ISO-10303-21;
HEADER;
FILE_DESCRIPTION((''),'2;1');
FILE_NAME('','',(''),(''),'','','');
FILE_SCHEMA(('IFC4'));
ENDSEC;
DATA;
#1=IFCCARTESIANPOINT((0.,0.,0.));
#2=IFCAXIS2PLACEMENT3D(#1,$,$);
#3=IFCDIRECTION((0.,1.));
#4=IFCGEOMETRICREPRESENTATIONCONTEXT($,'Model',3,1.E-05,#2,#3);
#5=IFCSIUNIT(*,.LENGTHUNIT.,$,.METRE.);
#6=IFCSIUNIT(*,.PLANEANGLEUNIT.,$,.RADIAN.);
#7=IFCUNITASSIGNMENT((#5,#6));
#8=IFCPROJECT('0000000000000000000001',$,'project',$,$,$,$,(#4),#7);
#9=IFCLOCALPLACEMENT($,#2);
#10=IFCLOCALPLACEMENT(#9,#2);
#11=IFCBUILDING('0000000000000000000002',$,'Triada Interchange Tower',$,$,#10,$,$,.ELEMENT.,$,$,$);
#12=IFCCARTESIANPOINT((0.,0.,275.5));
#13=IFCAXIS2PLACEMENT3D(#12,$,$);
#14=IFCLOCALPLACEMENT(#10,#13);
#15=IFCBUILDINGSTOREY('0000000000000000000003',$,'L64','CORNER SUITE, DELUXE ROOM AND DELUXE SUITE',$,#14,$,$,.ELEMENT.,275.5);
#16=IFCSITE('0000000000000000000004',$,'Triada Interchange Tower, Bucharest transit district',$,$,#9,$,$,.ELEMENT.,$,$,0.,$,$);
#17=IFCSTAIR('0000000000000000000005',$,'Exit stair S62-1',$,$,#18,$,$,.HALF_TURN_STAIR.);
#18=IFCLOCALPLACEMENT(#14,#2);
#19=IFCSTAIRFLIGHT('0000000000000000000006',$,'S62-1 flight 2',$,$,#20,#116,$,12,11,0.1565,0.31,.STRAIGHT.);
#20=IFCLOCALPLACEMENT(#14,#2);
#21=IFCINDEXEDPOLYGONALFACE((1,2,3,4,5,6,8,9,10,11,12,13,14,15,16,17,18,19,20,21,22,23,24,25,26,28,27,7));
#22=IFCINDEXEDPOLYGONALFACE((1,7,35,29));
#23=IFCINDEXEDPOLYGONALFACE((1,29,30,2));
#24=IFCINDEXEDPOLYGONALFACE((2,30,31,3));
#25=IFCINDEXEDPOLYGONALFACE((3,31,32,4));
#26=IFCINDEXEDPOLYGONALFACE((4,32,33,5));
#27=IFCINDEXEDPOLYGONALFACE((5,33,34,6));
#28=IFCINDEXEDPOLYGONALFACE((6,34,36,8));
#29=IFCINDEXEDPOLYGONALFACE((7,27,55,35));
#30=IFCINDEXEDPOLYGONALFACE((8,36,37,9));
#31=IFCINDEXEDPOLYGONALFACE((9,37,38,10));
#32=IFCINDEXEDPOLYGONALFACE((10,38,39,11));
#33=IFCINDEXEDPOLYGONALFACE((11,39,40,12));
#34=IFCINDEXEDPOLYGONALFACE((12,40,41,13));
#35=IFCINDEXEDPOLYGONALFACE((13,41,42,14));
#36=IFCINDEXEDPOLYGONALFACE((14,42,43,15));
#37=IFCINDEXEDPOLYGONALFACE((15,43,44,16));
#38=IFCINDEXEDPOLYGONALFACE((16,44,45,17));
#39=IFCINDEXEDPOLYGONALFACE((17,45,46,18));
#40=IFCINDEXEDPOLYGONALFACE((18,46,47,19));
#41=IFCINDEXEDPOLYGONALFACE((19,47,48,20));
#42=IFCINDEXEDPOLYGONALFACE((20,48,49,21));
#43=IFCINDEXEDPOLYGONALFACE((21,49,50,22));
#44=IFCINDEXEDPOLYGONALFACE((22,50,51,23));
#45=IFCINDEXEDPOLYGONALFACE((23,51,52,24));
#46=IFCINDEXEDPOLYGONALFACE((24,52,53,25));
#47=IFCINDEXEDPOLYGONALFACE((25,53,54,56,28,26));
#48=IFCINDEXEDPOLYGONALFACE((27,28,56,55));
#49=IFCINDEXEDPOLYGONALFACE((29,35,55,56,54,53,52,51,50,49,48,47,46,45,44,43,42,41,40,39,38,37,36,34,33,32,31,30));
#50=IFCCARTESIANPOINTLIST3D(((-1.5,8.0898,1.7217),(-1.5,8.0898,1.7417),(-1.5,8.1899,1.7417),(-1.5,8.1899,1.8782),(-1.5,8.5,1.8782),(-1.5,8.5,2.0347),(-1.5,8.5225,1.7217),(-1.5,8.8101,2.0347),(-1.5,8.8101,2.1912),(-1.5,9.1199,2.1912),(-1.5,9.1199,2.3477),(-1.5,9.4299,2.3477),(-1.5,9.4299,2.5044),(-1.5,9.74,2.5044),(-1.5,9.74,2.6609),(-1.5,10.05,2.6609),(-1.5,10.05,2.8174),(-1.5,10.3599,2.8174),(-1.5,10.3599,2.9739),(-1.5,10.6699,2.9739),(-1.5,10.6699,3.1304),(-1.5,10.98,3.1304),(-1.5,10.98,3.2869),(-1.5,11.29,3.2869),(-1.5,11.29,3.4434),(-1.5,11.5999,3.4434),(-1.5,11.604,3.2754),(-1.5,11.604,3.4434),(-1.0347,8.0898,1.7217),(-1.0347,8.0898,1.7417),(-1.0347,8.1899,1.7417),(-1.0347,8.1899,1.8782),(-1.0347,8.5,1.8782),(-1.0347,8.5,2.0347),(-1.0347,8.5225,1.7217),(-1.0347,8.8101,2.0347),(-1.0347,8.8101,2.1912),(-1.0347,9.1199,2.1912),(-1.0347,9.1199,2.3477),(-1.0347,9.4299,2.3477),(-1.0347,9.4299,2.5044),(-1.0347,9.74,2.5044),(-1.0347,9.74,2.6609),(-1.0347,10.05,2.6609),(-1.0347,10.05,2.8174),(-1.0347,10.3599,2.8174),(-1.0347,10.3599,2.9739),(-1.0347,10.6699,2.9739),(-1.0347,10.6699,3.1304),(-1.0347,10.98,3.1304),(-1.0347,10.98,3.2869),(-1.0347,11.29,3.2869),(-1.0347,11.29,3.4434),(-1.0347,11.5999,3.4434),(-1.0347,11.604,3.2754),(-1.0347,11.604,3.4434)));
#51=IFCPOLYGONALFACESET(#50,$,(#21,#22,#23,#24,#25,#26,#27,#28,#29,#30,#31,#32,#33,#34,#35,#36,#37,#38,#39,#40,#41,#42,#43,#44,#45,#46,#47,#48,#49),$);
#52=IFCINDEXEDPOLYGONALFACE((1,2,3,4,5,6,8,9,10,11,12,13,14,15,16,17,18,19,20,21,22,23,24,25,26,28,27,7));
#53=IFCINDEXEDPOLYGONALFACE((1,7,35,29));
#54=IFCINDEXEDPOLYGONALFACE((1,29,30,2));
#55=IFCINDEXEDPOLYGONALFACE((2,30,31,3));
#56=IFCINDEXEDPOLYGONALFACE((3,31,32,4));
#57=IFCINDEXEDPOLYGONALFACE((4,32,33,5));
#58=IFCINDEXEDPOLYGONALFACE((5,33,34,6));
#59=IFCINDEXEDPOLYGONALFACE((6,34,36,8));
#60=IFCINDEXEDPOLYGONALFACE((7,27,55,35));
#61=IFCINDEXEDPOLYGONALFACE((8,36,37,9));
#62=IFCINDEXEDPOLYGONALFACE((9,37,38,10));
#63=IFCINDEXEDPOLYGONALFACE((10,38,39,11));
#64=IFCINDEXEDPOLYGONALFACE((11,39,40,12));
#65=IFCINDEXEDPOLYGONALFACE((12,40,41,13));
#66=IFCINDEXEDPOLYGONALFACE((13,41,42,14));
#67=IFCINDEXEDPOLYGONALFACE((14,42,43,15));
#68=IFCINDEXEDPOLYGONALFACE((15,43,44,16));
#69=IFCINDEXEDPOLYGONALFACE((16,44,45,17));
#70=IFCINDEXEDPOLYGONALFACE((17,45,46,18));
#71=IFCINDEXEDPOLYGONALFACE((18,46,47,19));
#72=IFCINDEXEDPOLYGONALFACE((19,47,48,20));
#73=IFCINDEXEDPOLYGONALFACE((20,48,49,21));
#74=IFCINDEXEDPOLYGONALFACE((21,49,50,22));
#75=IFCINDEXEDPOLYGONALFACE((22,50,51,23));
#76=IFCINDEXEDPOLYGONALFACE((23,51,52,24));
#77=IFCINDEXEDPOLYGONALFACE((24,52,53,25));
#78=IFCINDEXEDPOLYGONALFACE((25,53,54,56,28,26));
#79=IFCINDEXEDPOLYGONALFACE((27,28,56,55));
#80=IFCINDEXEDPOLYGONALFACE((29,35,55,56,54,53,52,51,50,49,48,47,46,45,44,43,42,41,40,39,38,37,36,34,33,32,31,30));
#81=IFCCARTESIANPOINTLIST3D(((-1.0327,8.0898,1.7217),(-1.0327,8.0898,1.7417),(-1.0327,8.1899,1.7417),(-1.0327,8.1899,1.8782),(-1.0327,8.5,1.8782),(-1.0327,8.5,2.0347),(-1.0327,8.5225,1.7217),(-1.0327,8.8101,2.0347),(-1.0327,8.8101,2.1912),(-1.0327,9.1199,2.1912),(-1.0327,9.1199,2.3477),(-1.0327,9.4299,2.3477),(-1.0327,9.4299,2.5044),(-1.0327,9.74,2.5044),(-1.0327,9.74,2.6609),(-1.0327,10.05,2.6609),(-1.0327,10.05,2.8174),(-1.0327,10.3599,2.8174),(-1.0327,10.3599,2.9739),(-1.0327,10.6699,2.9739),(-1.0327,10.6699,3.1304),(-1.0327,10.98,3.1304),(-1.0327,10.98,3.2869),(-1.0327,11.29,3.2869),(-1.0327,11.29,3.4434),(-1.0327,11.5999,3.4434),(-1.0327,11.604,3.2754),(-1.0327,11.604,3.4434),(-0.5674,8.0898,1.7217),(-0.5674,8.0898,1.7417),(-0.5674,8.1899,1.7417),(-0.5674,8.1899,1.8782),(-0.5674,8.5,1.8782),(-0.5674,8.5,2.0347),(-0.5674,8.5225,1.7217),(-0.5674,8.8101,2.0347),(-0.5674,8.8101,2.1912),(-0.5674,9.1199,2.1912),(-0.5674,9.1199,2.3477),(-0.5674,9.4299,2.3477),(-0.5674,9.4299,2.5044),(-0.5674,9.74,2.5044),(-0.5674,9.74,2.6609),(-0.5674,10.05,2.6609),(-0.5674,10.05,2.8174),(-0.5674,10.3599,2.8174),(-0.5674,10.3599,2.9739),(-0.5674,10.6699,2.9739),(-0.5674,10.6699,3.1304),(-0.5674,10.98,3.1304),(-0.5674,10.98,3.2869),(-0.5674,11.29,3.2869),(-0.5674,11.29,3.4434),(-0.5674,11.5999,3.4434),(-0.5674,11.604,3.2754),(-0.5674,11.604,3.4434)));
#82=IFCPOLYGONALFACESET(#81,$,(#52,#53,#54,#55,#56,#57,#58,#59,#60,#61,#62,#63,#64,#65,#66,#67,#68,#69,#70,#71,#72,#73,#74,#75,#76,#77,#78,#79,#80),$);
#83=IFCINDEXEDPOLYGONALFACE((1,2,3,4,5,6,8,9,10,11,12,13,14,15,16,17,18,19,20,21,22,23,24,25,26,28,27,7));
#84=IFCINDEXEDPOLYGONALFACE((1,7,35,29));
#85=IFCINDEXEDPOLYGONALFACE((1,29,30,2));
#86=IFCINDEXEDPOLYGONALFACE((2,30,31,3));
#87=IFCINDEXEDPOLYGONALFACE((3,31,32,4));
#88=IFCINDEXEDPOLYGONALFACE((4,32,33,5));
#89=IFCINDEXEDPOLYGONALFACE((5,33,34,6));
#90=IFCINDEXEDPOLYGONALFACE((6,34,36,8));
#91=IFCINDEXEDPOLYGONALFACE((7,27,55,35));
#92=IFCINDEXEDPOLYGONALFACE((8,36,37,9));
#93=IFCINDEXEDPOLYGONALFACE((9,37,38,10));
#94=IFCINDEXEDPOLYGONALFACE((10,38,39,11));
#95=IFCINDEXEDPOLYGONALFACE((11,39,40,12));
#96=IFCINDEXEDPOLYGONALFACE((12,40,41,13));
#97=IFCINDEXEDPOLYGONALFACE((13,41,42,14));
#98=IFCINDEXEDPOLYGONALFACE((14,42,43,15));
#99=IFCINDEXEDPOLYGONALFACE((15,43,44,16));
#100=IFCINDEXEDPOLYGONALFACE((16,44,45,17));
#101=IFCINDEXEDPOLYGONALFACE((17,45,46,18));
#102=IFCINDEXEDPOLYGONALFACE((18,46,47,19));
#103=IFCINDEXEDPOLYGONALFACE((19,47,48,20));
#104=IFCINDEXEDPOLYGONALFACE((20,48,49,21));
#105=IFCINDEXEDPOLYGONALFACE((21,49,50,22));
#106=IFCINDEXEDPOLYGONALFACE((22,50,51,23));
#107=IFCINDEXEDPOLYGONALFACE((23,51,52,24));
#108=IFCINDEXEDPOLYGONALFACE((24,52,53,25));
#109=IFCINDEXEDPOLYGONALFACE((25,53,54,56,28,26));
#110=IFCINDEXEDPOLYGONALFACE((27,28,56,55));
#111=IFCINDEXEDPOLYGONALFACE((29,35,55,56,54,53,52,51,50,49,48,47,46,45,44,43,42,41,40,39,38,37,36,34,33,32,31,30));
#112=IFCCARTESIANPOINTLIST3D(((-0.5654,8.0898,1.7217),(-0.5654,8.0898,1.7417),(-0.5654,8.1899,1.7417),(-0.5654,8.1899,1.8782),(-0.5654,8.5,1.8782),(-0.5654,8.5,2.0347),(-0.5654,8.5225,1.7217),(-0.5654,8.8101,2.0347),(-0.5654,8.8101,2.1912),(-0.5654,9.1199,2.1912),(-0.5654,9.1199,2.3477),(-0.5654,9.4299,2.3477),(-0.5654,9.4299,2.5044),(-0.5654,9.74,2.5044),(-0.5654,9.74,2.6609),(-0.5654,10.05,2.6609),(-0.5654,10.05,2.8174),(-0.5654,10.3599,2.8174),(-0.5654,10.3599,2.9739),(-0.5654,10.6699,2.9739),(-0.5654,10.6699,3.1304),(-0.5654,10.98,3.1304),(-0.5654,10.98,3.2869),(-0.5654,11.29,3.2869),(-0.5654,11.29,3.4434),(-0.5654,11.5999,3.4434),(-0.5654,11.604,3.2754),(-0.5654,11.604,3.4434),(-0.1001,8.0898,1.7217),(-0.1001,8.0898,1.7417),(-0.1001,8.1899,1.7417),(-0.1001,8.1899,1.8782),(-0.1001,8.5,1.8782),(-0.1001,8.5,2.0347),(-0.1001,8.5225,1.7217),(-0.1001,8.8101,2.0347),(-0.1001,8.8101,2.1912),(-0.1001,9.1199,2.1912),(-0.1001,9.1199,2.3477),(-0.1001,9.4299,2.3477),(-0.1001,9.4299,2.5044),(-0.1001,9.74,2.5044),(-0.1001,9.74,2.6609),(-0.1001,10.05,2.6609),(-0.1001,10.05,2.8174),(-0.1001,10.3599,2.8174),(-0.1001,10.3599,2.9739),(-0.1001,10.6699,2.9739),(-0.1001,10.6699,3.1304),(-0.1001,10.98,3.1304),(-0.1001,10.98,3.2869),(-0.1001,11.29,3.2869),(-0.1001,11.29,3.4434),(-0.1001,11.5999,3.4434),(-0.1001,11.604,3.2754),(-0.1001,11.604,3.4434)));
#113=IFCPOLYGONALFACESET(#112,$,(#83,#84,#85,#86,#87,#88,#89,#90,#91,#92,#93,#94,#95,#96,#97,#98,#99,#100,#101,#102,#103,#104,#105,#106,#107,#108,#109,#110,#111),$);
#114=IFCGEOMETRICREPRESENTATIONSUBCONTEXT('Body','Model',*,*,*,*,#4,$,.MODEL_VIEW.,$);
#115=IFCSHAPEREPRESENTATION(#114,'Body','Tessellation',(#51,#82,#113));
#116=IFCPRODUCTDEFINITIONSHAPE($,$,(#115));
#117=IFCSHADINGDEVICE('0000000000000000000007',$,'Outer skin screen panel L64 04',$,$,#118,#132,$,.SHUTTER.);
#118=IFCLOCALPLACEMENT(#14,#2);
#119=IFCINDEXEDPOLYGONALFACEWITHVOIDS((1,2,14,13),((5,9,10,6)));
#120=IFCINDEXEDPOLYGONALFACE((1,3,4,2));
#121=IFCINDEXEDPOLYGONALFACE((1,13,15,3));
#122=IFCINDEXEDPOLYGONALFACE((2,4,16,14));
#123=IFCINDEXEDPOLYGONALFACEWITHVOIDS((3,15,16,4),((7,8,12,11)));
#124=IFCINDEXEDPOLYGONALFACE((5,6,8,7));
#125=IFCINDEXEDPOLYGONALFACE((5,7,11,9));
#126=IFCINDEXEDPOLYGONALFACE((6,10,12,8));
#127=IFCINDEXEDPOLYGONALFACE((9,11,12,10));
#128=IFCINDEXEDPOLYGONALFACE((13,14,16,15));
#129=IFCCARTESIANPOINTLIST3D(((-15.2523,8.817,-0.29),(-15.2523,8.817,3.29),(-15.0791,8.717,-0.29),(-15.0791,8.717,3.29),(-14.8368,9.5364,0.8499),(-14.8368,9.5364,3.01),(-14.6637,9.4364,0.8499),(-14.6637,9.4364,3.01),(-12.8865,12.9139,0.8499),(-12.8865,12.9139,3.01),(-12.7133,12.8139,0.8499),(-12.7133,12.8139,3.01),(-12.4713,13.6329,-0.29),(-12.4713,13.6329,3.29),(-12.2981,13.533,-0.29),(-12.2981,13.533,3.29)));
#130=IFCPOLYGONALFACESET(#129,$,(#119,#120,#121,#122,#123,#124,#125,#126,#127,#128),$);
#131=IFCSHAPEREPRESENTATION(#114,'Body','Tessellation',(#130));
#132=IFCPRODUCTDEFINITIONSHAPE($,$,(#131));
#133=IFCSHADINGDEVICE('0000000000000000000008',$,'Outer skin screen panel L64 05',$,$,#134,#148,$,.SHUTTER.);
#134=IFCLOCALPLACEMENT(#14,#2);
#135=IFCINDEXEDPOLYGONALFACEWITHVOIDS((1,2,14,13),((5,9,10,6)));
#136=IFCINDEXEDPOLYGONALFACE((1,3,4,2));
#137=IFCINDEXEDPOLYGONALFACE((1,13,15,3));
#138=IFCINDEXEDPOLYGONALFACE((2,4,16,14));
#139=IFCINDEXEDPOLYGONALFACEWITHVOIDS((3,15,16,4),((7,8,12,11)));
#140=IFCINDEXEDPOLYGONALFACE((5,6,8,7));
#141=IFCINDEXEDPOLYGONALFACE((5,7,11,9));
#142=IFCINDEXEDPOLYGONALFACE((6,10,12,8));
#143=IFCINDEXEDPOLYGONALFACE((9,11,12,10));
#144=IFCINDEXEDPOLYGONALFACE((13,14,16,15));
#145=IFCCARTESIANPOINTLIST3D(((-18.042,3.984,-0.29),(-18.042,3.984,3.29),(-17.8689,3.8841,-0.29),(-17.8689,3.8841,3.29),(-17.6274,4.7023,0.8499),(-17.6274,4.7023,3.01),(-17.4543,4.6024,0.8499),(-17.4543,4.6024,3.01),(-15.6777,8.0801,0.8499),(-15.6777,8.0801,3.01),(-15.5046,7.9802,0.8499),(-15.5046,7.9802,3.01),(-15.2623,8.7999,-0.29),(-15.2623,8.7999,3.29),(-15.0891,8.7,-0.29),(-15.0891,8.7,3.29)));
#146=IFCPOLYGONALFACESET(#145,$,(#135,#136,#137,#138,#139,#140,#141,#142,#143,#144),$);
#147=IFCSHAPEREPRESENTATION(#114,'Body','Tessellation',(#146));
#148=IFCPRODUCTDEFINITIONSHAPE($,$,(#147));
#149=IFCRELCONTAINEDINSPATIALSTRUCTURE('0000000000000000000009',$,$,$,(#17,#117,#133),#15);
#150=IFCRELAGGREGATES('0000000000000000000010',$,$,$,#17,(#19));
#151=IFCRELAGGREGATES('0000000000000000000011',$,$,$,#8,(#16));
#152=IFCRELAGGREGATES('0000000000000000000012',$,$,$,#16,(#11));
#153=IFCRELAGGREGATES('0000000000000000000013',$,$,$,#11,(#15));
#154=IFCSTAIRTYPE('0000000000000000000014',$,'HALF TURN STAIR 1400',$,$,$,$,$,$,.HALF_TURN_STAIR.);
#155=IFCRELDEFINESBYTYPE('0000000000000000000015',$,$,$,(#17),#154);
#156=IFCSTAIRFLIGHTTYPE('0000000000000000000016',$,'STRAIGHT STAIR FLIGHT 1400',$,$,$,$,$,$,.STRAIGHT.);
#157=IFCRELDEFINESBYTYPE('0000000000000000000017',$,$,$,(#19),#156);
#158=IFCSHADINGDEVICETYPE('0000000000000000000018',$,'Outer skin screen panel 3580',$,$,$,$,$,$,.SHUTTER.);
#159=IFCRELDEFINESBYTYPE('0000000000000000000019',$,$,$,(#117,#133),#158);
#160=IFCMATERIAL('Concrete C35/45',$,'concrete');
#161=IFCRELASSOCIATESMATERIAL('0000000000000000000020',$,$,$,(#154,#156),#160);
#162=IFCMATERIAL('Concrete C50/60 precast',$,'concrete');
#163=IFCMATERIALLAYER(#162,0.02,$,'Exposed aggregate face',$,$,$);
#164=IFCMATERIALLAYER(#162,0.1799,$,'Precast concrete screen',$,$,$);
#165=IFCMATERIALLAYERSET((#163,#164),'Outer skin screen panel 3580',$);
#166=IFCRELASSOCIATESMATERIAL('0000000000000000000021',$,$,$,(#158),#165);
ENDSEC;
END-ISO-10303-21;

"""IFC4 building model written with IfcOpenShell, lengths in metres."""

from ifc_helpers import new_model, si_unit, direction, frame, origin, place, context, subcontext, project, spatial, polyline, outline, extrude, material, layer, layer_set, type_object, element, aggregate, save


model = new_model("IFC4")

# Units and contexts
model_context = context("Model", 3, precision=1e-05, world=origin(), true_north=direction((0.0, 1.0)))
body_context = subcontext(model_context, "Body", "Model", "MODEL_VIEW")
ifc_project = project(units=[si_unit("LENGTHUNIT", "METRE"), si_unit("PLANEANGLEUNIT", "RADIAN")], contexts=[model_context])

# Site, building, storey
site_placement = place(None, origin())
site = spatial("IfcSite", under=ifc_project, at=site_placement, Name="Triada Interchange Tower, Bucharest transit district", CompositionType="ELEMENT", RefElevation=0.0)
building_placement = place(site_placement, origin())
building = spatial("IfcBuilding", under=site, at=building_placement, Name="Triada Interchange Tower", CompositionType="ELEMENT")
storey_placement = place(building_placement, frame((0.0, 0.0, 275.5)))
storey = spatial("IfcBuildingStorey", under=building, at=storey_placement, Name="L64", Description="CORNER SUITE, DELUXE ROOM AND DELUXE SUITE", CompositionType="ELEMENT", Elevation=275.5)

# Stair, stair flight
ifc_material_1 = material(Name="Concrete C35/45", Category="concrete")
stair_type = type_object("IfcStairType", Name="HALF TURN STAIR 1400", PredefinedType="HALF_TURN_STAIR", material=ifc_material_1)
stair_placement = place(storey_placement, origin())
stair = element("IfcStair", 1, at=stair_placement, inside=storey, type_object=stair_type, Name="Exit stair S62-1", PredefinedType="HALF_TURN_STAIR")
stair_flight_type = type_object("IfcStairFlightType", Name="STRAIGHT STAIR FLIGHT 1400", PredefinedType="STRAIGHT", material=ifc_material_1)
stair_flight_placement = place(storey_placement, frame((-0.8, 8.1899, 1.7217), z_axis=(0.0, 0.0, 1.0), x_axis=(0.0, 1.0, 0.0)))
stair_flight = element("IfcStairFlight", 2, at=stair_flight_placement, type_object=stair_flight_type, Name="S62-1 flight 2", NumberOfRisers=12, NumberOfTreads=11, PredefinedType="STRAIGHT", RiserHeight=0.1565, TreadLength=0.31, context=body_context, shape_type="SweptSolid", body=[
    extrude(outline(polyline([(-0.1001, 0.0), (-0.1001, 0.02), (0.0, 0.02), (0.0, 0.1565), (0.3101, 0.1565), (0.3101, 0.313), (0.6201, 0.313), (0.6201, 0.4695), (0.9299, 0.4695), (0.9299, 0.626), (1.24, 0.626), (1.24, 0.7827), (1.55, 0.7827), (1.55, 0.9392), (1.8601, 0.9392), (1.8601, 1.0957), (2.1699, 1.0957), (2.1699, 1.2522), (2.48, 1.2522), (2.48, 1.4087), (2.79, 1.4087), (2.79, 1.5652), (3.1001, 1.5652), (3.1001, 1.7217), (3.4099, 1.7217), (3.4141, 1.7217), (3.4141, 1.8782), (3.4141, 1.5537), (0.3325, 0.0), (-0.1001, 0.0)])), frame((0.0, 0.7, 0.0), z_axis=(0.0, -1.0, 0.0), x_axis=(1.0, 0.0, 0.0)), (0.0, 0.0, 1.0), 0.4653),
    extrude(outline(polyline([(-0.1001, 0.0), (-0.1001, 0.02), (0.0, 0.02), (0.0, 0.1565), (0.3101, 0.1565), (0.3101, 0.313), (0.6201, 0.313), (0.6201, 0.4695), (0.9299, 0.4695), (0.9299, 0.626), (1.24, 0.626), (1.24, 0.7827), (1.55, 0.7827), (1.55, 0.9392), (1.8601, 0.9392), (1.8601, 1.0957), (2.1699, 1.0957), (2.1699, 1.2522), (2.48, 1.2522), (2.48, 1.4087), (2.79, 1.4087), (2.79, 1.5652), (3.1001, 1.5652), (3.1001, 1.7217), (3.4099, 1.7217), (3.4141, 1.7217), (3.4141, 1.8782), (3.4141, 1.5537), (0.3325, 0.0), (-0.1001, 0.0)])), frame((0.0, 0.2327, 0.0), z_axis=(0.0, -1.0, 0.0), x_axis=(1.0, 0.0, 0.0)), (0.0, 0.0, 1.0), 0.4653),
    extrude(outline(polyline([(-0.1001, 0.0), (-0.1001, 0.02), (0.0, 0.02), (0.0, 0.1565), (0.3101, 0.1565), (0.3101, 0.313), (0.6201, 0.313), (0.6201, 0.4695), (0.9299, 0.4695), (0.9299, 0.626), (1.24, 0.626), (1.24, 0.7827), (1.55, 0.7827), (1.55, 0.9392), (1.8601, 0.9392), (1.8601, 1.0957), (2.1699, 1.0957), (2.1699, 1.2522), (2.48, 1.2522), (2.48, 1.4087), (2.79, 1.4087), (2.79, 1.5652), (3.1001, 1.5652), (3.1001, 1.7217), (3.4099, 1.7217), (3.4141, 1.7217), (3.4141, 1.8782), (3.4141, 1.5537), (0.3325, 0.0), (-0.1001, 0.0)])), frame((0.0, -0.2346, 0.0), z_axis=(0.0, -1.0, 0.0), x_axis=(1.0, 0.0, 0.0)), (0.0, 0.0, 1.0), 0.4653),
])

# Shading devices
ifc_material_2 = material(Name="Concrete C50/60 precast", Category="concrete")
ifc_layer_1 = layer(ifc_material_2, 0.02, Name="Exposed aggregate face")
ifc_layer_2 = layer(ifc_material_2, 0.1799, Name="Precast concrete screen")
ifc_layer_set_1 = layer_set([ifc_layer_1, ifc_layer_2], Name="Outer skin screen panel 3580")
shading_device_type = type_object("IfcShadingDeviceType", Name="Outer skin screen panel 3580", PredefinedType="SHUTTER", material=ifc_layer_set_1)
shading_device_1_placement = place(storey_placement, frame((-12.2981, 13.533, -0.29), z_axis=(0.0, 0.0, 1.0), x_axis=(-0.500072, -0.865984, 0.0)))
element("IfcShadingDevice", 3, at=shading_device_1_placement, inside=storey, type_object=shading_device_type, Name="Outer skin screen panel L64 04", PredefinedType="SHUTTER", context=body_context, shape_type="SweptSolid", body=[
    extrude(outline(polyline([(0.0, 0.0), (5.5613, 0.0), (5.5613, 3.5801), (0.0, 3.5801), (0.0, 0.0)]), holes=[polyline([(0.8303, 1.1399), (0.8303, 3.3), (4.7305, 3.3), (4.7305, 1.1399), (0.8303, 1.1399)])]), frame((0.0, 0.0, 0.0), z_axis=(0.0, -1.0, 0.0), x_axis=(1.0, 0.0, 0.0)), (0.0, 0.0, 1.0), 0.2),
])
shading_device_2_placement = place(storey_placement, frame((-15.0891, 8.7, -0.29), z_axis=(0.0, 0.0, 1.0), x_axis=(-0.499907, -0.866079, 0.0)))
element("IfcShadingDevice", 4, at=shading_device_2_placement, inside=storey, type_object=shading_device_type, Name="Outer skin screen panel L64 05", PredefinedType="SHUTTER", context=body_context, shape_type="SweptSolid", body=[
    extrude(outline(polyline([(0.0, 0.0), (5.5605, 0.0), (5.5605, 3.5801), (0.0, 3.5801), (0.0, 0.0)]), holes=[polyline([(0.8311, 1.1399), (0.8311, 3.3), (4.7312, 3.3), (4.7312, 1.1399), (0.8311, 1.1399)])]), frame((0.0, 0.0, 0.0), z_axis=(0.0, -1.0, 0.0), x_axis=(1.0, 0.0, 0.0)), (0.0, 0.0, 1.0), 0.2),
])

aggregate(stair, [stair_flight])

save(model, "model.ifc")
